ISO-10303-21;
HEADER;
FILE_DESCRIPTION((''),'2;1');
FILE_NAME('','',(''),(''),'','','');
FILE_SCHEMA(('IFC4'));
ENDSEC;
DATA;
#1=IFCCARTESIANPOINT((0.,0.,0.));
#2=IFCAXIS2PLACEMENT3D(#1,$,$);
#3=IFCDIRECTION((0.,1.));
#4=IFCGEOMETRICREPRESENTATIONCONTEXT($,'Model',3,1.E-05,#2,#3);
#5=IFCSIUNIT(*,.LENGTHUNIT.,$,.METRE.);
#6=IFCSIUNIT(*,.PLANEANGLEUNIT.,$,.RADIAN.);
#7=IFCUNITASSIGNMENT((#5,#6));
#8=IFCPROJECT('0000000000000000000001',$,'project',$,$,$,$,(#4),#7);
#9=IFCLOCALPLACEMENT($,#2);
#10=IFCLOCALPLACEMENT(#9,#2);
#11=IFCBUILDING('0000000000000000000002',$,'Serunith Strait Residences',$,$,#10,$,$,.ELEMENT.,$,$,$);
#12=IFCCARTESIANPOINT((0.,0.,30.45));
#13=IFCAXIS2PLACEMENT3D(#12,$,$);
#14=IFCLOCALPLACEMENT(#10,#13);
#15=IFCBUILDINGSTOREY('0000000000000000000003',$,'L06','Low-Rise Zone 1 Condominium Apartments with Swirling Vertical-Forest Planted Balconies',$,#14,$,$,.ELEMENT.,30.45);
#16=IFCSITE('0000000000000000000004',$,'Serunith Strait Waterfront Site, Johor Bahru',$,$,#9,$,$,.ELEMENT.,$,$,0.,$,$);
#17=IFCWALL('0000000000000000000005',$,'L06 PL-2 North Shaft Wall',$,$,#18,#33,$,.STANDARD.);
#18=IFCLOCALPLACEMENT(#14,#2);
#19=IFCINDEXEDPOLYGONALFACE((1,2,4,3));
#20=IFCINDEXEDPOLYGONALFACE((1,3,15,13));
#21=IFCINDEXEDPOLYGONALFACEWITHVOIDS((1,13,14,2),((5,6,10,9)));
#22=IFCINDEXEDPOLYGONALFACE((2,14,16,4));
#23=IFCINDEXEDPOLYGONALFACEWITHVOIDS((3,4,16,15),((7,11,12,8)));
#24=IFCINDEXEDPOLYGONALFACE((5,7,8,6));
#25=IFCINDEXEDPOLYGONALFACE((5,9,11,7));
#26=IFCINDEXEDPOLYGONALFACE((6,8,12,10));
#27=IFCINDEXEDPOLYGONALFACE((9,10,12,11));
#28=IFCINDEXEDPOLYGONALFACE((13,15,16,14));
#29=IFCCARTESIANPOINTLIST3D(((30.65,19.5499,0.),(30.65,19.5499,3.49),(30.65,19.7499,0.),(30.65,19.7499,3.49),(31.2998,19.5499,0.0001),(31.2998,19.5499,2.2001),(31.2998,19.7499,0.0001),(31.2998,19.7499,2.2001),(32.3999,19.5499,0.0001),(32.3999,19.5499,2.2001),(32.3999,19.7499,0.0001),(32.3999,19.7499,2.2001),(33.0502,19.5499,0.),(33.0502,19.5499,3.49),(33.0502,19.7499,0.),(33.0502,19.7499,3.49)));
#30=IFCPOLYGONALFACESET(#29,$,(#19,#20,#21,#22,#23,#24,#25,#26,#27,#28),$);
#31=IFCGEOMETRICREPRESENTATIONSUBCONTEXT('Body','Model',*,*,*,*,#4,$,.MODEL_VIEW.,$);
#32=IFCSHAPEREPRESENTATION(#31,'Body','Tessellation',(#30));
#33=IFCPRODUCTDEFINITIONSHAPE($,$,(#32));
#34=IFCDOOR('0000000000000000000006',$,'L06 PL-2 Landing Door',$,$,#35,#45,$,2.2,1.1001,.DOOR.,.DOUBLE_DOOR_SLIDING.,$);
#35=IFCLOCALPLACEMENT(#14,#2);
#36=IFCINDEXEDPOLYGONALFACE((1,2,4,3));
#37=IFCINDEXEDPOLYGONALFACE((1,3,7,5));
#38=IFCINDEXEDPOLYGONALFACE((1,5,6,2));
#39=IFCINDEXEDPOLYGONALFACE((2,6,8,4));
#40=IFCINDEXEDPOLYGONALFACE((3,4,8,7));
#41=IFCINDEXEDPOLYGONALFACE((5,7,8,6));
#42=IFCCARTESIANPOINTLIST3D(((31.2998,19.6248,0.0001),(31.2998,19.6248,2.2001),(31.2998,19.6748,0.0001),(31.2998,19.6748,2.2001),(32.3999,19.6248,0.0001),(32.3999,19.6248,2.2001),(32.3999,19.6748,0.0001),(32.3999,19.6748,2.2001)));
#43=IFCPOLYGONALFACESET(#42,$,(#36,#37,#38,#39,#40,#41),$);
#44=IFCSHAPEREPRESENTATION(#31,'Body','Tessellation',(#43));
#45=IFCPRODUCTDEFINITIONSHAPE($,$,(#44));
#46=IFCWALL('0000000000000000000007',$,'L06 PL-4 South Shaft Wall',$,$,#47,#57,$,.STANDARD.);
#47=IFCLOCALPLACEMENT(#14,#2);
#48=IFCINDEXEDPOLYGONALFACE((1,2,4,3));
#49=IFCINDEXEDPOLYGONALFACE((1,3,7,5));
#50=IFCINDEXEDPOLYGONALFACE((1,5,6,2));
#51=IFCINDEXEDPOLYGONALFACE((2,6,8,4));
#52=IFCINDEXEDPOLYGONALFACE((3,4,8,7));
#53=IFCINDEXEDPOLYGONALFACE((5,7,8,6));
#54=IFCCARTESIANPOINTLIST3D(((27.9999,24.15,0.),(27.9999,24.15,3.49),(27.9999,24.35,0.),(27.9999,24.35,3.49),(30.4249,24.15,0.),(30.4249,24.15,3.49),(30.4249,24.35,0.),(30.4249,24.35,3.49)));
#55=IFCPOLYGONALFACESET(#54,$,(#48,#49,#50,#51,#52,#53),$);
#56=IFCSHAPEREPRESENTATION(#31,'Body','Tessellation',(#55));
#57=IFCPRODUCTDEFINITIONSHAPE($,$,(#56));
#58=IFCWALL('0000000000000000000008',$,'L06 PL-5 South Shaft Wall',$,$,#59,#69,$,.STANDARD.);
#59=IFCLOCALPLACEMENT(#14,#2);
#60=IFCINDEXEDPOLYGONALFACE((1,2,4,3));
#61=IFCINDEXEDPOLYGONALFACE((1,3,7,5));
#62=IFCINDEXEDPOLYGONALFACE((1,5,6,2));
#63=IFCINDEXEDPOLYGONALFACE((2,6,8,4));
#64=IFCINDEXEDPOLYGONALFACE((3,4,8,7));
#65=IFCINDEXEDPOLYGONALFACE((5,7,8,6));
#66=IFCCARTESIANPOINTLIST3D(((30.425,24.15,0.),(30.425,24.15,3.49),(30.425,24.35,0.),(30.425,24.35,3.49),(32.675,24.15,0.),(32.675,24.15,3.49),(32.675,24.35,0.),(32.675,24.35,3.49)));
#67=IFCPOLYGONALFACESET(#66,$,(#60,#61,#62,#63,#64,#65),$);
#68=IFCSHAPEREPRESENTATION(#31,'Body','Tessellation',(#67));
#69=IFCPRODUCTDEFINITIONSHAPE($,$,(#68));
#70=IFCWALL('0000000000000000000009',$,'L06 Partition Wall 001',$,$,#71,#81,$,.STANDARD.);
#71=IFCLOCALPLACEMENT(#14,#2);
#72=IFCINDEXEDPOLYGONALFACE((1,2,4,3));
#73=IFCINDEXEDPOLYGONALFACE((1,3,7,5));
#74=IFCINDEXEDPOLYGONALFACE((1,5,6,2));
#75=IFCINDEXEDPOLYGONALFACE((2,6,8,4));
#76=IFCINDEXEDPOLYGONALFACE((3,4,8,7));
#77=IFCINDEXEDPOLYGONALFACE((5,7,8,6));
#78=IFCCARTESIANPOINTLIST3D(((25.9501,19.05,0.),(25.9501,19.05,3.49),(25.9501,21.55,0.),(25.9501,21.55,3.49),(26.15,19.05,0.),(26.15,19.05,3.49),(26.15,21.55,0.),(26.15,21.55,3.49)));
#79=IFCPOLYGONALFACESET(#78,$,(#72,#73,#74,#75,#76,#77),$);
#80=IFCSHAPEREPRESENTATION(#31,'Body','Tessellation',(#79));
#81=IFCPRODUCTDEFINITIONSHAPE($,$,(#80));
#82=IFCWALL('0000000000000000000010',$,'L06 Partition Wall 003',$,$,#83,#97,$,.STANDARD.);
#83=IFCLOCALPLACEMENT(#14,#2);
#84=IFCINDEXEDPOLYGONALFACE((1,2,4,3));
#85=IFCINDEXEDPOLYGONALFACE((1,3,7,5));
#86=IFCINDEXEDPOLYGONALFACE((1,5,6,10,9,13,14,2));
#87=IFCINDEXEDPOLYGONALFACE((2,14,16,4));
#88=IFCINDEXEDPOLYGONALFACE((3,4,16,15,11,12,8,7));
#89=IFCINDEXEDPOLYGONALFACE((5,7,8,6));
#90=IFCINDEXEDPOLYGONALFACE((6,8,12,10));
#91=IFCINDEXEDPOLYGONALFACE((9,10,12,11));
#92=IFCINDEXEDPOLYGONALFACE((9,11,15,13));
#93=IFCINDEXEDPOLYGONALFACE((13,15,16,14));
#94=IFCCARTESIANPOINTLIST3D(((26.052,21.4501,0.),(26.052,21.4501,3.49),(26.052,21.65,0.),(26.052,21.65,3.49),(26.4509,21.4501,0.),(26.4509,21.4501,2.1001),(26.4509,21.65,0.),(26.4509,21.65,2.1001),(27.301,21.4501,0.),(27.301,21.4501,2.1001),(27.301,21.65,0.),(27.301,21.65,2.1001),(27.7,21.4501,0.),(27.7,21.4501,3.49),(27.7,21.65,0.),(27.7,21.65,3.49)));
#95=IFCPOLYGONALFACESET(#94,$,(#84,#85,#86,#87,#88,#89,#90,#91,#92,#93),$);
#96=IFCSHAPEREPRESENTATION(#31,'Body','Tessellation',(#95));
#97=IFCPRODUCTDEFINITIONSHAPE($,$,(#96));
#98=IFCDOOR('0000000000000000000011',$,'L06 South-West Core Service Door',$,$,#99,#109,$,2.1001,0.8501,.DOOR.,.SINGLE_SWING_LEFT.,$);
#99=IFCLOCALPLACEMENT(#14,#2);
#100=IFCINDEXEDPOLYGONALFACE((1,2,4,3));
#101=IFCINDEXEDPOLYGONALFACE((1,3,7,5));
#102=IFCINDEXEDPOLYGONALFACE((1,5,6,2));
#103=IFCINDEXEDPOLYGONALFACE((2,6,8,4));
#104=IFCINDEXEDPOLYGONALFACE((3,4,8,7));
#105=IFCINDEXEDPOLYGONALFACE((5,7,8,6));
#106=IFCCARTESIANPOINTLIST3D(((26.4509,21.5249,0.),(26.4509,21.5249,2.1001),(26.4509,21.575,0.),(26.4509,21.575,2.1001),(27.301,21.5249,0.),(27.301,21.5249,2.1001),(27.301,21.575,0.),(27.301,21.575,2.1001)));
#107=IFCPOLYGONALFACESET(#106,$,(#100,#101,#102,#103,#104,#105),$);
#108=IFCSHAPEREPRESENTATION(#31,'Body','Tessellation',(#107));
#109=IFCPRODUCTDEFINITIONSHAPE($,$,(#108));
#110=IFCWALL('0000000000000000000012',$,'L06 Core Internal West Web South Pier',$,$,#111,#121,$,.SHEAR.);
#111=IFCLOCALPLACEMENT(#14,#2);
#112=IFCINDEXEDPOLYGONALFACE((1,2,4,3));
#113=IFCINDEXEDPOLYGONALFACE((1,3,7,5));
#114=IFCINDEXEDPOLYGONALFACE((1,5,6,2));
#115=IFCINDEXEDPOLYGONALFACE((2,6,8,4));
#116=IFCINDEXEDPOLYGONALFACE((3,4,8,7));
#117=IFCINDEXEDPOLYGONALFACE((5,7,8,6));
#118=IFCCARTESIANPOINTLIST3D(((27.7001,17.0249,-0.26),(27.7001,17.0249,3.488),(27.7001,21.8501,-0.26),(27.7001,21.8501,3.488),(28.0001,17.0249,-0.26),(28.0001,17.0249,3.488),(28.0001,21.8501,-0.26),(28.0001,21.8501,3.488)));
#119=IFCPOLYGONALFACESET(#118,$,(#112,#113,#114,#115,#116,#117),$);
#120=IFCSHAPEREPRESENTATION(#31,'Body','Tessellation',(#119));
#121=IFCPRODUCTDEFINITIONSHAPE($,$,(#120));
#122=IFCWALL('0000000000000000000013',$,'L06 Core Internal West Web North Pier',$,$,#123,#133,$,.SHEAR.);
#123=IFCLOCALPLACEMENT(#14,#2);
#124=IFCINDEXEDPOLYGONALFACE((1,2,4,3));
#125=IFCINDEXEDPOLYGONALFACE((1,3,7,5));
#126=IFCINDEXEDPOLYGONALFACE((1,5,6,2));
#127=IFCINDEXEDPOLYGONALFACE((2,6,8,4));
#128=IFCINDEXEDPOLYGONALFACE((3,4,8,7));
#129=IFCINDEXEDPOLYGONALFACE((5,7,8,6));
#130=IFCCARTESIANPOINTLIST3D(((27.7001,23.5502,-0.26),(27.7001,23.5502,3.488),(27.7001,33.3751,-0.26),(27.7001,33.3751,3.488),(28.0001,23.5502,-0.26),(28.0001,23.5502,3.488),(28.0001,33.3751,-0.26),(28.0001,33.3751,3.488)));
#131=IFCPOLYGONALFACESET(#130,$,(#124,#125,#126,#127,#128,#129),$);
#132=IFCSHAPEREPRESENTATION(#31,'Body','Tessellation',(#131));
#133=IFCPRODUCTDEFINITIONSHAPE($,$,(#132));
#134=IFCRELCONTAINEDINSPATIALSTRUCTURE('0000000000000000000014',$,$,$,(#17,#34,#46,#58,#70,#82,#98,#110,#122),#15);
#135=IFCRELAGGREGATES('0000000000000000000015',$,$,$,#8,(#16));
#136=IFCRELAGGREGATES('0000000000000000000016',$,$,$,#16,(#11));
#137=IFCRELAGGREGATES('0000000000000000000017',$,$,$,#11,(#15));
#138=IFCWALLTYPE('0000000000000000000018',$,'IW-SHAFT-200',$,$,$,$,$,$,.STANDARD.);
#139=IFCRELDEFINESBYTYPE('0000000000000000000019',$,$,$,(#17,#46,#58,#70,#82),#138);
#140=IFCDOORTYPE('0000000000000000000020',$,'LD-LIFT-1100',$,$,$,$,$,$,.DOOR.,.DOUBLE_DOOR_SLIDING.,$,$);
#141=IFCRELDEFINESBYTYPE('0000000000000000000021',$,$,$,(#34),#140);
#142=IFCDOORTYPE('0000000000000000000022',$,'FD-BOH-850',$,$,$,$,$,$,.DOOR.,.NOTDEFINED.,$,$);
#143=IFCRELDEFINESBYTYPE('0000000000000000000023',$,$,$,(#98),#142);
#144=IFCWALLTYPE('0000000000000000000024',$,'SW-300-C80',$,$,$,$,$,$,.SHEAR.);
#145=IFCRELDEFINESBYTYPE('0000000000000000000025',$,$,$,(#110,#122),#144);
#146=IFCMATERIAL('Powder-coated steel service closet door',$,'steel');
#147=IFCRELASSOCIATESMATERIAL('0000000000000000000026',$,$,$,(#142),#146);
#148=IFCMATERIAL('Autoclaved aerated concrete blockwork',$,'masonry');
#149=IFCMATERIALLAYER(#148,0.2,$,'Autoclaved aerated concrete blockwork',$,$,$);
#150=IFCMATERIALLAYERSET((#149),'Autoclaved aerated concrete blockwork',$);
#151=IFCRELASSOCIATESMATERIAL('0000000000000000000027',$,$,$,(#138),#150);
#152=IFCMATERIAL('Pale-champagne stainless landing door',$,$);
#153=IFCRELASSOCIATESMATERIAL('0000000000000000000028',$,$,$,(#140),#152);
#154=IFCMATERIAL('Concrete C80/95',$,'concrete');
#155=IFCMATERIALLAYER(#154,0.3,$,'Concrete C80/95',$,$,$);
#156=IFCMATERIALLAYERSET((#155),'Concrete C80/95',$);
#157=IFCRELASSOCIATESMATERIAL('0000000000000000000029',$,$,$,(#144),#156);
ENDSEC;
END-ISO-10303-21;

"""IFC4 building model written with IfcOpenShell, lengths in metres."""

from ifc_helpers import new_model, si_unit, direction, frame, frame_2d, origin, place, context, subcontext, project, spatial, rectangle, extrude, source, transform, mapped, material, layer, layer_set, type_object, element, fill, save


model = new_model("IFC4")

# Units and contexts
model_context = context("Model", 3, precision=1e-05, world=origin(), true_north=direction((0.0, 1.0)))
body_context = subcontext(model_context, "Body", "Model", "MODEL_VIEW")
ifc_project = project(units=[si_unit("LENGTHUNIT", "METRE"), si_unit("PLANEANGLEUNIT", "RADIAN")], contexts=[model_context])

# Site, building, storey
site_placement = place(None, origin())
site = spatial("IfcSite", under=ifc_project, at=site_placement, Name="Serunith Strait Waterfront Site, Johor Bahru", CompositionType="ELEMENT", RefElevation=0.0)
building_placement = place(site_placement, origin())
building = spatial("IfcBuilding", under=site, at=building_placement, Name="Serunith Strait Residences", CompositionType="ELEMENT")
storey_placement = place(building_placement, frame((0.0, 0.0, 30.45)))
storey = spatial("IfcBuildingStorey", under=building, at=storey_placement, Name="L06", Description="Low-Rise Zone 1 Condominium Apartments with Swirling Vertical-Forest Planted Balconies", CompositionType="ELEMENT", Elevation=30.45)

# Shared definitions
ifc_material_1 = material(Name="Powder-coated steel service closet door", Category="steel")
door_type_1 = type_object("IfcDoorType", Name="FD-BOH-850", OperationType="NOTDEFINED", PredefinedType="DOOR", material=ifc_material_1)
shared_shape_1 = source(origin(), body_context, "Body", "SweptSolid", [
    extrude(rectangle(XDim=0.8501, YDim=2.1001, at=frame_2d((0.425, 1.05))), frame((0.0, 0.0249, 0.0), z_axis=(0.0, -1.0, 0.0), x_axis=(1.0, 0.0, 0.0)), (0.0, 0.0, 1.0), 0.05),
])
ifc_material_2 = material(Name="Autoclaved aerated concrete blockwork", Category="masonry")
ifc_layer_1 = layer(ifc_material_2, 0.2, Name="Autoclaved aerated concrete blockwork")
ifc_layer_set_1 = layer_set([ifc_layer_1], Name="Autoclaved aerated concrete blockwork")
wall_type_1 = type_object("IfcWallType", Name="IW-SHAFT-200", PredefinedType="STANDARD", material=ifc_layer_set_1)
ifc_material_3 = material(Name="Pale-champagne stainless landing door")
door_type_2 = type_object("IfcDoorType", Name="LD-LIFT-1100", OperationType="DOUBLE_DOOR_SLIDING", PredefinedType="DOOR", material=ifc_material_3)
shared_shape_2 = source(origin(), body_context, "Body", "SweptSolid", [
    extrude(rectangle(XDim=1.1001, YDim=2.2, at=frame_2d((0.55, 1.1001))), frame((0.0, 0.0249, 0.0), z_axis=(0.0, -1.0, 0.0), x_axis=(1.0, 0.0, 0.0)), (0.0, 0.0, 1.0), 0.05),
])

# Wall, opening, door
wall_1_placement = place(storey_placement, frame((30.6499, 19.6499, 0.0), z_axis=(0.0, 0.0, 1.0), x_axis=(1.0, 0.0, 0.0)))
wall_1 = element("IfcWall", 1, at=wall_1_placement, inside=storey, type_object=wall_type_1, Name="L06 PL-2 North Shaft Wall", PredefinedType="STANDARD", context=body_context, shape_type="SweptSolid", body=[
    extrude(rectangle(XDim=2.4001, YDim=0.2, at=frame_2d((1.2002, 0.0))), origin(), (0.0, 0.0, 1.0), 3.49),
])
opening_1_placement = place(wall_1_placement, frame((0.6499, 0.0, 0.0)))
opening_1 = element("IfcOpeningElement", 2, at=opening_1_placement, cuts=wall_1, PredefinedType="OPENING", context=body_context, shape_type="SweptSolid", body=[
    extrude(rectangle(XDim=1.1001, YDim=2.2, at=frame_2d((0.55, 1.1001))), frame((0.0, 0.1099, 0.0), z_axis=(0.0, -1.0, 0.0), x_axis=(1.0, 0.0, 0.0)), (0.0, 0.0, 1.0), 0.22),
])
door_1_placement = place(opening_1_placement, origin())
door_1 = element("IfcDoor", 3, at=door_1_placement, inside=storey, type_object=door_type_2, Name="L06 PL-2 Landing Door", OperationType="DOUBLE_DOOR_SLIDING", OverallHeight=2.2, OverallWidth=1.1001, PredefinedType="DOOR", context=body_context, shape_type="MappedRepresentation", body=[
    mapped(shared_shape_2, transform((0.0, 0.0, 0.0), scale=1.0)),
])
fill(opening_1, door_1)

# Walls
wall_2_placement = place(storey_placement, frame((28.0, 24.25, 0.0), z_axis=(0.0, 0.0, 1.0), x_axis=(1.0, 0.0, 0.0)))
element("IfcWall", 4, at=wall_2_placement, inside=storey, type_object=wall_type_1, Name="L06 PL-4 South Shaft Wall", PredefinedType="STANDARD", context=body_context, shape_type="SweptSolid", body=[
    extrude(rectangle(XDim=2.425, YDim=0.2, at=frame_2d((1.2124, 0.0))), origin(), (0.0, 0.0, 1.0), 3.49),
])
wall_3_placement = place(storey_placement, frame((30.425, 24.25, 0.0), z_axis=(0.0, 0.0, 1.0), x_axis=(1.0, 0.0, 0.0)))
element("IfcWall", 5, at=wall_3_placement, inside=storey, type_object=wall_type_1, Name="L06 PL-5 South Shaft Wall", PredefinedType="STANDARD", context=body_context, shape_type="SweptSolid", body=[
    extrude(rectangle(XDim=2.25, YDim=0.2, at=frame_2d((1.125, 0.0))), origin(), (0.0, 0.0, 1.0), 3.49),
])
wall_4_placement = place(storey_placement, frame((26.05, 19.05, 0.0), z_axis=(0.0, 0.0, 1.0), x_axis=(0.0, 1.0, 0.0)))
element("IfcWall", 6, at=wall_4_placement, inside=storey, type_object=wall_type_1, Name="L06 Partition Wall 001", PredefinedType="STANDARD", context=body_context, shape_type="SweptSolid", body=[
    extrude(rectangle(XDim=2.5, YDim=0.2, at=frame_2d((1.25, 0.0))), origin(), (0.0, 0.0, 1.0), 3.49),
])

# Wall, opening, door
wall_5_placement = place(storey_placement, frame((26.052, 21.55, 0.0), z_axis=(0.0, 0.0, 1.0), x_axis=(1.0, 0.0, 0.0)))
wall_5 = element("IfcWall", 7, at=wall_5_placement, inside=storey, type_object=wall_type_1, Name="L06 Partition Wall 003", PredefinedType="STANDARD", context=body_context, shape_type="SweptSolid", body=[
    extrude(rectangle(XDim=1.6479, YDim=0.2, at=frame_2d((0.824, 0.0))), origin(), (0.0, 0.0, 1.0), 3.49),
])
opening_2_placement = place(wall_5_placement, frame((0.3989, 0.0, 0.0)))
opening_2 = element("IfcOpeningElement", 8, at=opening_2_placement, cuts=wall_5, PredefinedType="OPENING", context=body_context, shape_type="SweptSolid", body=[
    extrude(rectangle(XDim=0.8501, YDim=2.1001, at=frame_2d((0.425, 1.05))), frame((0.0, 0.1099, 0.0), z_axis=(0.0, -1.0, 0.0), x_axis=(1.0, 0.0, 0.0)), (0.0, 0.0, 1.0), 0.22),
])
door_2_placement = place(opening_2_placement, origin())
door_2 = element("IfcDoor", 9, at=door_2_placement, inside=storey, type_object=door_type_1, Name="L06 South-West Core Service Door", OperationType="SINGLE_SWING_LEFT", OverallHeight=2.1001, OverallWidth=0.8501, PredefinedType="DOOR", context=body_context, shape_type="MappedRepresentation", body=[
    mapped(shared_shape_1, transform((0.0, 0.0, 0.0), scale=1.0)),
])
fill(opening_2, door_2)

# Walls
ifc_material_4 = material(Name="Concrete C80/95", Category="concrete")
ifc_layer_2 = layer(ifc_material_4, 0.3, Name="Concrete C80/95")
ifc_layer_set_2 = layer_set([ifc_layer_2], Name="Concrete C80/95")
wall_type_2 = type_object("IfcWallType", Name="SW-300-C80", PredefinedType="SHEAR", material=ifc_layer_set_2)
wall_6_placement = place(storey_placement, frame((27.8501, 17.0249, -0.26), z_axis=(0.0, 0.0, 1.0), x_axis=(0.0, 1.0, 0.0)))
element("IfcWall", 10, at=wall_6_placement, inside=storey, type_object=wall_type_2, Name="L06 Core Internal West Web South Pier", PredefinedType="SHEAR", context=body_context, shape_type="SweptSolid", body=[
    extrude(rectangle(XDim=4.8252, YDim=0.3, at=frame_2d((2.4126, 0.0))), origin(), (0.0, 0.0, 1.0), 3.748),
])
wall_7_placement = place(storey_placement, frame((27.8501, 23.55, -0.26), z_axis=(0.0, 0.0, 1.0), x_axis=(0.0, 1.0, 0.0)))
element("IfcWall", 11, at=wall_7_placement, inside=storey, type_object=wall_type_2, Name="L06 Core Internal West Web North Pier", PredefinedType="SHEAR", context=body_context, shape_type="SweptSolid", body=[
    extrude(rectangle(XDim=9.825, YDim=0.3, at=frame_2d((4.9126, 0.0))), origin(), (0.0, 0.0, 1.0), 3.748),
])

save(model, "model.ifc")
